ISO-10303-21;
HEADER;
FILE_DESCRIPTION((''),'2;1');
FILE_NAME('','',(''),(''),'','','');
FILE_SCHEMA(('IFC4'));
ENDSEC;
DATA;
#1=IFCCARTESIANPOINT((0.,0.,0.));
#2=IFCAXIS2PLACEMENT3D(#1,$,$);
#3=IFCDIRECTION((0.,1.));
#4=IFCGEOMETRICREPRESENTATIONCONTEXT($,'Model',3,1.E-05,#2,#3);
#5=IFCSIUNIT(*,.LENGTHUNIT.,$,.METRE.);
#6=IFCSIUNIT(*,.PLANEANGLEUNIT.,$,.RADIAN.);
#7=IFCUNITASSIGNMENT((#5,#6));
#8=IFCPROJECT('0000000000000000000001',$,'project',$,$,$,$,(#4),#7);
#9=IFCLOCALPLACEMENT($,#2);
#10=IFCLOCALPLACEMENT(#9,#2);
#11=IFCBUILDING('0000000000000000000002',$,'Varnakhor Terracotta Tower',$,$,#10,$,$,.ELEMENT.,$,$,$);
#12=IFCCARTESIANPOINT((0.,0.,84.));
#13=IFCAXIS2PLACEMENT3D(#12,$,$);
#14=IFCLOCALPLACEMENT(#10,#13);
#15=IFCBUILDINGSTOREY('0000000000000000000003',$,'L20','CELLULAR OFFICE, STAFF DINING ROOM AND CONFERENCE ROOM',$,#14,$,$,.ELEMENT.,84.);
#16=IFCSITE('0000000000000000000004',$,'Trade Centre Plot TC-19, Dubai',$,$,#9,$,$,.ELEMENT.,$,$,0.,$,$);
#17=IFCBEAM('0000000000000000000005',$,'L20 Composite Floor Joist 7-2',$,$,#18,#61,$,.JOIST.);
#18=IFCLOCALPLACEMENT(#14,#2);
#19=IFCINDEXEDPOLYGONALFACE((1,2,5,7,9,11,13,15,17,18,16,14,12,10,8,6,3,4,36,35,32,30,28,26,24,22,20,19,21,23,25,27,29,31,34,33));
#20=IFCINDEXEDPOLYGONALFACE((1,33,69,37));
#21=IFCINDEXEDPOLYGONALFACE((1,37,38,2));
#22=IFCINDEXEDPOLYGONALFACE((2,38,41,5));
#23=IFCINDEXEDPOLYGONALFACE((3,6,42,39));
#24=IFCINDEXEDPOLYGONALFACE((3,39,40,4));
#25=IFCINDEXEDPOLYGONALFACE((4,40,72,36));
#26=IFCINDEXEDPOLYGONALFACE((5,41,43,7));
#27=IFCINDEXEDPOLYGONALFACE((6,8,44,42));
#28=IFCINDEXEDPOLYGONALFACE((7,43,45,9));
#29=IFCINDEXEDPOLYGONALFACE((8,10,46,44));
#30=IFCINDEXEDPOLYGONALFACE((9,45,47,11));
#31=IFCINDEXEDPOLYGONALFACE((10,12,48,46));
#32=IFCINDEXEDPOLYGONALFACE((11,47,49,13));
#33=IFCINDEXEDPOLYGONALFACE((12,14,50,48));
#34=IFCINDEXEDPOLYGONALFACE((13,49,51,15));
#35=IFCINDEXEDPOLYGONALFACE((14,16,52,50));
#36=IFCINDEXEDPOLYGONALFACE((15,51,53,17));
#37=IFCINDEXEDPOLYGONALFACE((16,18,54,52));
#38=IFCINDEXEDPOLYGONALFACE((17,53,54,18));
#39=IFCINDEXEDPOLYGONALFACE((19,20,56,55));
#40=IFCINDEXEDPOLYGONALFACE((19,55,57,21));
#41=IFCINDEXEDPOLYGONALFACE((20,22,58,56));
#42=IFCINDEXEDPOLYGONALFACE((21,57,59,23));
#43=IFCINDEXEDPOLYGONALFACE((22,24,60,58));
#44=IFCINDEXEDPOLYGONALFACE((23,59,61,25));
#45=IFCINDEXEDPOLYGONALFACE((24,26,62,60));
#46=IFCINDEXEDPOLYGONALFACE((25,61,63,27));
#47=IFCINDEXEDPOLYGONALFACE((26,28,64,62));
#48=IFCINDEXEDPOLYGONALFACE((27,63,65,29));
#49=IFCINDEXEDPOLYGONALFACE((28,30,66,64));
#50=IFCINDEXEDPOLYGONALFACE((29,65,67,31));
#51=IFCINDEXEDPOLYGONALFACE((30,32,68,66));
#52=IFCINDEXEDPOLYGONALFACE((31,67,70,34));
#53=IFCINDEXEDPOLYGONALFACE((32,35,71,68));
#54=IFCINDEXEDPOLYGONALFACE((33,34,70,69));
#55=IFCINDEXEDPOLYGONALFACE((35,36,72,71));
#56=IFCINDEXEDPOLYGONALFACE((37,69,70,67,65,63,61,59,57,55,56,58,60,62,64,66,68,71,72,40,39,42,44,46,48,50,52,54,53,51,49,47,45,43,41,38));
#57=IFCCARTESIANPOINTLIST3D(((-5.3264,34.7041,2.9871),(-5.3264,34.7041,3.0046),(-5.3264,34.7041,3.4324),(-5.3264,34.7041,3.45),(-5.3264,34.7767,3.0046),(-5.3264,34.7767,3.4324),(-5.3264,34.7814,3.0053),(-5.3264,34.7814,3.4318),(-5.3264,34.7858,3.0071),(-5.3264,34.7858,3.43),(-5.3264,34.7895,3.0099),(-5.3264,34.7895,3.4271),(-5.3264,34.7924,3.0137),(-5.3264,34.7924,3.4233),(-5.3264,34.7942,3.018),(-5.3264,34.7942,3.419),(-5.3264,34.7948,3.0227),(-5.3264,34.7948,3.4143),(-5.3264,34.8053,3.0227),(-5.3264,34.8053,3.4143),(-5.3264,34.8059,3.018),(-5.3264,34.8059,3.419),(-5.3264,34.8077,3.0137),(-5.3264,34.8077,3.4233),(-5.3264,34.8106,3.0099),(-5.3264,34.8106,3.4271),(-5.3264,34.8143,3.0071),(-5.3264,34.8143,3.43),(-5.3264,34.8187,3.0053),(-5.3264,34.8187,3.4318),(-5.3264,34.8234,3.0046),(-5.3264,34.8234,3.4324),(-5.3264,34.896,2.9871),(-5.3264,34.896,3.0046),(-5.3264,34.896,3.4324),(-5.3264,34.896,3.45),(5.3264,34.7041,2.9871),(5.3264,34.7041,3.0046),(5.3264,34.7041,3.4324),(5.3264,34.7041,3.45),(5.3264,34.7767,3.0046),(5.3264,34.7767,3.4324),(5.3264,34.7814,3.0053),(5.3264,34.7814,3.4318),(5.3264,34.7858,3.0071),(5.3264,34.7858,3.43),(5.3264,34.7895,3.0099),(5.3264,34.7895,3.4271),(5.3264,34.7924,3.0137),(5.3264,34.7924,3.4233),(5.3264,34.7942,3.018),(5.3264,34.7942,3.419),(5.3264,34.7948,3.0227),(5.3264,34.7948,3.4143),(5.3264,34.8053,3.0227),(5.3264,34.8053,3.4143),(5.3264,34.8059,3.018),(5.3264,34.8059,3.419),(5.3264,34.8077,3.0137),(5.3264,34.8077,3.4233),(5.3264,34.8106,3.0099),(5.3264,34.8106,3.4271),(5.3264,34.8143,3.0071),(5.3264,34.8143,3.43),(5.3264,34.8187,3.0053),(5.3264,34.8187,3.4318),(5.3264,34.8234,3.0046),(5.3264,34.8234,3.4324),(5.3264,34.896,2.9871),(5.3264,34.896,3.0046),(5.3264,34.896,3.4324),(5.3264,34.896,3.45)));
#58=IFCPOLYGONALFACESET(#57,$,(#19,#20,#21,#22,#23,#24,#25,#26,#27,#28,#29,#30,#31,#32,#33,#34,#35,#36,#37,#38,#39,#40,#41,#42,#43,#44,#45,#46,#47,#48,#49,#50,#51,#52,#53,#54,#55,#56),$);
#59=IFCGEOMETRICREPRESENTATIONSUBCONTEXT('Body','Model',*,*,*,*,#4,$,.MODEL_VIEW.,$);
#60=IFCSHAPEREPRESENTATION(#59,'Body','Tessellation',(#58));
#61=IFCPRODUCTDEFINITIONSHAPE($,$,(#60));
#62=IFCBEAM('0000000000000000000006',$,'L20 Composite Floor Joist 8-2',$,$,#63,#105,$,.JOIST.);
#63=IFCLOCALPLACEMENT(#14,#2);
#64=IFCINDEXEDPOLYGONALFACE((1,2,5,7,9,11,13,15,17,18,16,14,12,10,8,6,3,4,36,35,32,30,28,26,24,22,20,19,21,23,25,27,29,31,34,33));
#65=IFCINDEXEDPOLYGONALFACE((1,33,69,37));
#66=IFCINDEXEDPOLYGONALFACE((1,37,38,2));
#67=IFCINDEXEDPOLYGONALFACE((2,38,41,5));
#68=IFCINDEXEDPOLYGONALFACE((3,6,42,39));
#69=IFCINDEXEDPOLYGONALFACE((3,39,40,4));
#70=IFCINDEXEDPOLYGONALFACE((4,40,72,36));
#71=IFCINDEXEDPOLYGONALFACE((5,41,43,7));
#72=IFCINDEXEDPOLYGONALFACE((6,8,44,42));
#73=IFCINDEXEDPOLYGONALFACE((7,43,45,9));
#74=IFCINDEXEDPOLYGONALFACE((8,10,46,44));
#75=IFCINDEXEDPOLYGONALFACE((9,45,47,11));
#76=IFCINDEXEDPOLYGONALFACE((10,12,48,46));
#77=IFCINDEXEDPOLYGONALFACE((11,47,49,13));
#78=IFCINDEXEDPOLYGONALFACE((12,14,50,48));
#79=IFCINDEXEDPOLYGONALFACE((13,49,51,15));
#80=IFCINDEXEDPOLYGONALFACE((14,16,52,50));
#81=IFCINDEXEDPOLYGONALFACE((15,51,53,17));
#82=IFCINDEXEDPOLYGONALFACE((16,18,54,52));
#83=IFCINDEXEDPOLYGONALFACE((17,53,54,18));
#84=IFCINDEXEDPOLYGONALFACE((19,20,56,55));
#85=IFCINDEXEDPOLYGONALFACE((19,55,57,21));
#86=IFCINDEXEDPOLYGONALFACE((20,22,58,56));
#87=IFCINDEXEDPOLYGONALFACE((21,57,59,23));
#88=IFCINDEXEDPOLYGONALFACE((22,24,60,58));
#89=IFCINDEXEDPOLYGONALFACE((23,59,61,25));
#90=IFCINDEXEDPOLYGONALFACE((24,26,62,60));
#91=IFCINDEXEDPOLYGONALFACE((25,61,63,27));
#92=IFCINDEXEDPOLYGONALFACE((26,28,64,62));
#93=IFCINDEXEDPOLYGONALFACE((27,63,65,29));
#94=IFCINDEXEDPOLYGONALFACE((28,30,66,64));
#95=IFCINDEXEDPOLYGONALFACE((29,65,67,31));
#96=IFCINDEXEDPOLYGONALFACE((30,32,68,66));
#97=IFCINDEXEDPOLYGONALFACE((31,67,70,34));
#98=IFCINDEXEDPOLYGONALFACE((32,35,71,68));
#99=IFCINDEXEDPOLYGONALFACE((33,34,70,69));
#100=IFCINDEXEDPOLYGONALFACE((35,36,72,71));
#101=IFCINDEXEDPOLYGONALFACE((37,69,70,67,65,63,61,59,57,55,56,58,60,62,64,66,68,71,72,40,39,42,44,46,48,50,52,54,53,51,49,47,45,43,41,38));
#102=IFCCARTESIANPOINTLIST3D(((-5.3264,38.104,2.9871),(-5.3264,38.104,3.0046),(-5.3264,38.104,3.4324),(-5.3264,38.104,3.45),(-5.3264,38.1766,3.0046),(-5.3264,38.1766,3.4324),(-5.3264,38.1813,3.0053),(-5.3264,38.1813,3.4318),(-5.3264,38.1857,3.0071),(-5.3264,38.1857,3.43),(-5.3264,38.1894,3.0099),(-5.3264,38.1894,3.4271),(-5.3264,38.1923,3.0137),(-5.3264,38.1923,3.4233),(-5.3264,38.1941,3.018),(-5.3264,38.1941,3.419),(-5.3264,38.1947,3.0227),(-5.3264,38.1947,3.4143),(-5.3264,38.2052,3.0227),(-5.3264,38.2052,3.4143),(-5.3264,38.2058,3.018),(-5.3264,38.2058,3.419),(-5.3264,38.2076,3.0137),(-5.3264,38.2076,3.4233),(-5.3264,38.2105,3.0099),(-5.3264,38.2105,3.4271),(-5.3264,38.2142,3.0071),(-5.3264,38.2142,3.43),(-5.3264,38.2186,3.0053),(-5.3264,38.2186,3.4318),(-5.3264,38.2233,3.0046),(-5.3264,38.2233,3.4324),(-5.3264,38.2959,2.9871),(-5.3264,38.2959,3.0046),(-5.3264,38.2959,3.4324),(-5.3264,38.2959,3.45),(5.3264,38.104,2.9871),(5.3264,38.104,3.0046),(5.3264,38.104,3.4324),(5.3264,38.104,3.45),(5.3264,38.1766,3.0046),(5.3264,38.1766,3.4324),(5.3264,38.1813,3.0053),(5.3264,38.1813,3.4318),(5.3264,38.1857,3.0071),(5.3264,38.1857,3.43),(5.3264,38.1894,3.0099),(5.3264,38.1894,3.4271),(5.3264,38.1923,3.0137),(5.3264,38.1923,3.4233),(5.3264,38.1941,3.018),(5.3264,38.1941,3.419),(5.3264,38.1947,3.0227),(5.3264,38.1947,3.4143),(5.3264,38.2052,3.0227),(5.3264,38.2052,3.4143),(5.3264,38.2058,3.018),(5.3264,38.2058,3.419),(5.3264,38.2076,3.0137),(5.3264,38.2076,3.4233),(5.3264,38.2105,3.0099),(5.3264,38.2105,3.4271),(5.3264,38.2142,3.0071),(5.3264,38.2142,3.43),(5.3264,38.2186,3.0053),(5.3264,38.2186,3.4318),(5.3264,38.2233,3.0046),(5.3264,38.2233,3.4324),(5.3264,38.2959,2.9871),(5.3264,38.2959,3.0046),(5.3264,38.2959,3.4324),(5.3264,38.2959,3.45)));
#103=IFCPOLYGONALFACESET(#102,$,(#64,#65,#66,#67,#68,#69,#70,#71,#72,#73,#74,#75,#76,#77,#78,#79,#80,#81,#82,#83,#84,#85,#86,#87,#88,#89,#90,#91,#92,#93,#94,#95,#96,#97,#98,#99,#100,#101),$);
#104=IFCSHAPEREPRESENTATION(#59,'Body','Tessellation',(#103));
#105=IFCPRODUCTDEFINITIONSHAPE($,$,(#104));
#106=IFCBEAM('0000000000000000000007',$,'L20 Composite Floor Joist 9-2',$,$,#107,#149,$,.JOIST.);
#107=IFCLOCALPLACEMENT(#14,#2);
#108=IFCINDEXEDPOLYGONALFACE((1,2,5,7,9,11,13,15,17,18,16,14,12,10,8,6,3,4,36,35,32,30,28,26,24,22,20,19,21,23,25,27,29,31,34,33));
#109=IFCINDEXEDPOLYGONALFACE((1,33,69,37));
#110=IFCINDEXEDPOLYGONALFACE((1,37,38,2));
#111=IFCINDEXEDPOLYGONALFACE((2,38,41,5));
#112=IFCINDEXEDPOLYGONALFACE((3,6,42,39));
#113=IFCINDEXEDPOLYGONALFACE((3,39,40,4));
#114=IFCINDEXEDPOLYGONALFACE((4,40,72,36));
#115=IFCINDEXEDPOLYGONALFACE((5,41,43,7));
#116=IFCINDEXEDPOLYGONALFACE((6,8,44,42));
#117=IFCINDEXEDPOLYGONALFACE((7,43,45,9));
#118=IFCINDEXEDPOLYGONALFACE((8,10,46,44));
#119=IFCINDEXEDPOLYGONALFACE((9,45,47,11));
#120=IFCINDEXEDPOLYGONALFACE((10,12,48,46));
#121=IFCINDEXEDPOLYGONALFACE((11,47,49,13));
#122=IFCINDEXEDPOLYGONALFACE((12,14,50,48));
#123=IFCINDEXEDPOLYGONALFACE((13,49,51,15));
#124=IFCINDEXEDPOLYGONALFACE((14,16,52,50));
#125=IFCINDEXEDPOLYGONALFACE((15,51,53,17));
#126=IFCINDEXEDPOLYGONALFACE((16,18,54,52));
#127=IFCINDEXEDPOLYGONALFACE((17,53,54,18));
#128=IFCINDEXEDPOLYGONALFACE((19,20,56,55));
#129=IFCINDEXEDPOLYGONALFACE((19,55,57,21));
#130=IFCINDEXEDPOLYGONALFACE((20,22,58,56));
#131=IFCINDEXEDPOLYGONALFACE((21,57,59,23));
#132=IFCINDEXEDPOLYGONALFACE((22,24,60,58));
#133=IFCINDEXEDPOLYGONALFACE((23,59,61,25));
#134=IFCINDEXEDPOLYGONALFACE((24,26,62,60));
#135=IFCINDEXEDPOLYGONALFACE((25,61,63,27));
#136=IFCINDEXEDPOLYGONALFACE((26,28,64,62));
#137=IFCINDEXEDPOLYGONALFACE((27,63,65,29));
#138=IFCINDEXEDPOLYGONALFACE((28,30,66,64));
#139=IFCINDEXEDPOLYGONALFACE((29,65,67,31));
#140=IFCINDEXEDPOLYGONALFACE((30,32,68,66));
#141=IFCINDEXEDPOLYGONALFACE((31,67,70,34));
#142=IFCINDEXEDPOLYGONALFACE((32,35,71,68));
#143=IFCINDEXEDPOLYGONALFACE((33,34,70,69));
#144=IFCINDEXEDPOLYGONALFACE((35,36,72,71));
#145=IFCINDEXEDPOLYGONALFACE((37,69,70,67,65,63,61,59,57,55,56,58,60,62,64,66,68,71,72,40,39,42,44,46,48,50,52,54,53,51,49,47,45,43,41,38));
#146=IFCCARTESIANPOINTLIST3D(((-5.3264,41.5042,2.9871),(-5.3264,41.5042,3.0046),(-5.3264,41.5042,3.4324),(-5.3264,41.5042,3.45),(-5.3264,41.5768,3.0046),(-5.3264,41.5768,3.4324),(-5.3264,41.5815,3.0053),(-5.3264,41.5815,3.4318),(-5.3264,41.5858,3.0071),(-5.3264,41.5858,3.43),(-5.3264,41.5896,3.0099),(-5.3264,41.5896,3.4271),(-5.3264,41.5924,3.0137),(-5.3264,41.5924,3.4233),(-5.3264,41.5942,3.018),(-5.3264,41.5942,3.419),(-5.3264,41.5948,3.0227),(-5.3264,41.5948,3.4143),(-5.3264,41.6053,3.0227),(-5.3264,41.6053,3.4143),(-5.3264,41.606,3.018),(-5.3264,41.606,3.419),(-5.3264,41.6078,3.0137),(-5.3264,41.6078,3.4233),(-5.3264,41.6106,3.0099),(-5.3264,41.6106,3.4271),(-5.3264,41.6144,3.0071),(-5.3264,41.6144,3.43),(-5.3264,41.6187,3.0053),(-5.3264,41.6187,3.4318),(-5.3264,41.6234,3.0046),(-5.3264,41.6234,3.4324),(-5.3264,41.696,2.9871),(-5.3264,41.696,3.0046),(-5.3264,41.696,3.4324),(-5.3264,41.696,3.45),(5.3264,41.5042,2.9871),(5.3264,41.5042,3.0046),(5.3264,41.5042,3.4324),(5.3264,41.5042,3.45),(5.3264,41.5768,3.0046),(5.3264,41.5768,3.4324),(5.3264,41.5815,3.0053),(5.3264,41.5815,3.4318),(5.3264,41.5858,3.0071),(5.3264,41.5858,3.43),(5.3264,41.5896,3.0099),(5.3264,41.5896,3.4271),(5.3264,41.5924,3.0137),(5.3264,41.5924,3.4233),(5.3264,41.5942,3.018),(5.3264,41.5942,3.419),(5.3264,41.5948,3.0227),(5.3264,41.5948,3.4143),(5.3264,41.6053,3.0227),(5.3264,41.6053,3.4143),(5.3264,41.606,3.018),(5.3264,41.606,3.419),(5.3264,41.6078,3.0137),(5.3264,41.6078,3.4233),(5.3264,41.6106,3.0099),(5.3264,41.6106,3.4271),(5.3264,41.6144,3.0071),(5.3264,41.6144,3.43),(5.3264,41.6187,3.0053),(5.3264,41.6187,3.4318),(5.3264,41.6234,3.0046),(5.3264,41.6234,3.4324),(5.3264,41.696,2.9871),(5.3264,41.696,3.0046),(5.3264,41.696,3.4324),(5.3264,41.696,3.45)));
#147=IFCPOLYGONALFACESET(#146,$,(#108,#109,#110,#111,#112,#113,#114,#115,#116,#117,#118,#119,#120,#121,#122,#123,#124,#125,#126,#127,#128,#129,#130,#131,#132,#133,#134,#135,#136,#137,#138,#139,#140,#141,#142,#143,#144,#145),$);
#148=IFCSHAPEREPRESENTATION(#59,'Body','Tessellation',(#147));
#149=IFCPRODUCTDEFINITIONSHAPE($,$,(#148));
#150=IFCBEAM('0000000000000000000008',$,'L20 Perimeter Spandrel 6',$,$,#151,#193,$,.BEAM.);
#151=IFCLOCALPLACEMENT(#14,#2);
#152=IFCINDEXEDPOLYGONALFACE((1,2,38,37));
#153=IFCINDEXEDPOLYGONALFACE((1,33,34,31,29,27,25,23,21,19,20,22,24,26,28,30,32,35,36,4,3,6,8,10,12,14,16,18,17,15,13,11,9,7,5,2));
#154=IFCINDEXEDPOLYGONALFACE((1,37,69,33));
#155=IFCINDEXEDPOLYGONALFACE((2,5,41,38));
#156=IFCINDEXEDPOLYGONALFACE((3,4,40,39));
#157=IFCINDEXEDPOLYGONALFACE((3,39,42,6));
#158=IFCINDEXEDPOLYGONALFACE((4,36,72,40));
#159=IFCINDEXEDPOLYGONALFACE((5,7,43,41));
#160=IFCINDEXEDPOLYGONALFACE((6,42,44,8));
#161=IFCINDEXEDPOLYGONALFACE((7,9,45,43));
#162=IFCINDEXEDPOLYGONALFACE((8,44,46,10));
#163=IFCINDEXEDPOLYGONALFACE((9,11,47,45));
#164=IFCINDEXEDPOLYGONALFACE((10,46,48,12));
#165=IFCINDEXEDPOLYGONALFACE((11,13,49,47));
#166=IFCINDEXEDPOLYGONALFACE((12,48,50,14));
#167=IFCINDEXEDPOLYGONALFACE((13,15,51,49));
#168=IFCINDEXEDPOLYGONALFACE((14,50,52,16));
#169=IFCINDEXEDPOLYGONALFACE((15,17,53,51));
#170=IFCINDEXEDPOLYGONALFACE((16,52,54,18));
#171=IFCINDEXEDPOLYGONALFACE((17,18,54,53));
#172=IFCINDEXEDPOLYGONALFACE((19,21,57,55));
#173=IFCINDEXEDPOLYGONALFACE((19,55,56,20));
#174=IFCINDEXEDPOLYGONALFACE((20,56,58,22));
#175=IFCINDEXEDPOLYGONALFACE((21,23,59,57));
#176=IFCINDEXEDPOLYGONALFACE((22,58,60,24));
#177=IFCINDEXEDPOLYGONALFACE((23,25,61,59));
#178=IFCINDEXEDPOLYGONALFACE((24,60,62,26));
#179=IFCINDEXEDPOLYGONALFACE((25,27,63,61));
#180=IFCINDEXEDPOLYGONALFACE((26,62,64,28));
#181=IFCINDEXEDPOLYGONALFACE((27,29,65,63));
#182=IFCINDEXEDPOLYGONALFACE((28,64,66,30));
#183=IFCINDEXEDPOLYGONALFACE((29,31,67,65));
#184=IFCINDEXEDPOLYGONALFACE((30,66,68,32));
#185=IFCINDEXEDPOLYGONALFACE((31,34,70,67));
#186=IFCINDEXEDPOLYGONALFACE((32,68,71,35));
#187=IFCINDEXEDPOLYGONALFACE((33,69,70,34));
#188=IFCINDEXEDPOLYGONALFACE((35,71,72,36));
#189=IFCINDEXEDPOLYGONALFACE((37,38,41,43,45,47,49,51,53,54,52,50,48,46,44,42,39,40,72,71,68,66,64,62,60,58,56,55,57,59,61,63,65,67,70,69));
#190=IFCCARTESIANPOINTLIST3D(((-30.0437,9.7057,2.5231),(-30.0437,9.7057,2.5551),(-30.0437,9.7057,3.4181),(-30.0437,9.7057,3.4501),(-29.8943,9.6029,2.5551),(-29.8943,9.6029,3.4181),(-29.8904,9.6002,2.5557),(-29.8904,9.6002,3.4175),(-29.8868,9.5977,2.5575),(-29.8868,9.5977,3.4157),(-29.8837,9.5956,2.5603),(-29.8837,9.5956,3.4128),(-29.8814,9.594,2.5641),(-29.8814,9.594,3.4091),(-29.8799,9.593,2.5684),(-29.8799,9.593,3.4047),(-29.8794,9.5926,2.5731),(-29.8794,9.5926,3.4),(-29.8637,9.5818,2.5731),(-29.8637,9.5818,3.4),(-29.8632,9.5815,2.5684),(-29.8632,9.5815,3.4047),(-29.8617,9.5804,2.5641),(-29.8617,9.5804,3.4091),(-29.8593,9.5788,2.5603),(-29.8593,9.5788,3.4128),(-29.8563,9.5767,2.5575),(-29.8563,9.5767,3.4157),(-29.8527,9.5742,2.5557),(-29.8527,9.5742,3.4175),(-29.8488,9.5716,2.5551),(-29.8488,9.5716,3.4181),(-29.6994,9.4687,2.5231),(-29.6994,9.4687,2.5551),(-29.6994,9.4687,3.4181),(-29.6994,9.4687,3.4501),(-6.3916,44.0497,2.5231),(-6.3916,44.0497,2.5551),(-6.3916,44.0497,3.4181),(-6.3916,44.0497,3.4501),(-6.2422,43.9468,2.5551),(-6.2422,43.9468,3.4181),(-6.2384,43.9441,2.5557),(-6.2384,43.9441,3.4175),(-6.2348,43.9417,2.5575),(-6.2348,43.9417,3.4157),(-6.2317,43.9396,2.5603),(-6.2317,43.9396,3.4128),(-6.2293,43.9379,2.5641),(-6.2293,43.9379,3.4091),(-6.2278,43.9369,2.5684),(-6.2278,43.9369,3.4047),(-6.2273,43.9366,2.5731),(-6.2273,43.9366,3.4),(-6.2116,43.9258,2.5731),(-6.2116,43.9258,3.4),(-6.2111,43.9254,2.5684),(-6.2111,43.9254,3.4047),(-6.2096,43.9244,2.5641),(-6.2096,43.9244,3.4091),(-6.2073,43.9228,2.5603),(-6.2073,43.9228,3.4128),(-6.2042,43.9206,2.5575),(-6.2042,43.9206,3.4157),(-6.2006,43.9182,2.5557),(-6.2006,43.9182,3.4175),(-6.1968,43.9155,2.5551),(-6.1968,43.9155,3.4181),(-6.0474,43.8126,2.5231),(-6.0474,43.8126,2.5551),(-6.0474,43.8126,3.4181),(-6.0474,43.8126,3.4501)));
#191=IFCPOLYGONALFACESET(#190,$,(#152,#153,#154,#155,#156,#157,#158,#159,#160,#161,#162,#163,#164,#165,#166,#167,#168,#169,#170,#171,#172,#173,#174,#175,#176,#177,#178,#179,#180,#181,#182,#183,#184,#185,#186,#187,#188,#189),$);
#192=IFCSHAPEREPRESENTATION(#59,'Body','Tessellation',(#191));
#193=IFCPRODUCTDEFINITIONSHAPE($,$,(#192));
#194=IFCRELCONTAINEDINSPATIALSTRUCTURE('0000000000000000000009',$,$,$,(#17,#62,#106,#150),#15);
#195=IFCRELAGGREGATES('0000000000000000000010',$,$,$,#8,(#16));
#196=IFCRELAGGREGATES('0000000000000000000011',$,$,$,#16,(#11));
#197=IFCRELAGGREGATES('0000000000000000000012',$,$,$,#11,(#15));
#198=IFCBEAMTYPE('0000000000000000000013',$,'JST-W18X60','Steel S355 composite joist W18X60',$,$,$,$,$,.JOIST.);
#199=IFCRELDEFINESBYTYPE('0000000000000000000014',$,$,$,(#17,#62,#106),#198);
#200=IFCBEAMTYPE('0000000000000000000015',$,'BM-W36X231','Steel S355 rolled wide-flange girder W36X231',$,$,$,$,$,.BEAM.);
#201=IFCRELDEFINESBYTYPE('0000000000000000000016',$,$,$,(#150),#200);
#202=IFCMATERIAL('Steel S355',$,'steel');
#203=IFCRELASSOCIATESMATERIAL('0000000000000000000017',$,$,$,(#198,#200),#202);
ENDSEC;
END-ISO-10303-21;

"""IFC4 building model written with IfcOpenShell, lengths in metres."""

from ifc_helpers import new_model, si_unit, direction, frame, origin, origin_2d, place, context, subcontext, project, spatial, i_section, extrude, source, transform, mapped, material, material_profile, profile_set, type_object, element, save


model = new_model("IFC4")

# Units and contexts
model_context = context("Model", 3, precision=1e-05, world=origin(), true_north=direction((0.0, 1.0)))
body_context = subcontext(model_context, "Body", "Model", "MODEL_VIEW")
ifc_project = project(units=[si_unit("LENGTHUNIT", "METRE"), si_unit("PLANEANGLEUNIT", "RADIAN")], contexts=[model_context])

# Site, building, storey
site_placement = place(None, origin())
site = spatial("IfcSite", under=ifc_project, at=site_placement, Name="Trade Centre Plot TC-19, Dubai", CompositionType="ELEMENT", RefElevation=0.0)
building_placement = place(site_placement, origin())
building = spatial("IfcBuilding", under=site, at=building_placement, Name="Varnakhor Terracotta Tower", CompositionType="ELEMENT")
storey_placement = place(building_placement, frame((0.0, 0.0, 84.0)))
storey = spatial("IfcBuildingStorey", under=building, at=storey_placement, Name="L20", Description="CELLULAR OFFICE, STAFF DINING ROOM AND CONFERENCE ROOM", CompositionType="ELEMENT", Elevation=84.0)

# Beams
ifc_material_1 = material(Name="Steel S355", Category="steel")
ifc_material_profile_1 = material_profile(ifc_material_1, i_section(OverallWidth=0.1919, OverallDepth=0.4629, WebThickness=0.0105, FlangeThickness=0.0176, FilletRadius=0.0181, at=origin_2d()), Name="W18X60")
ifc_profile_set_1 = profile_set([ifc_material_profile_1], Name="Steel S355")
beam_type_1 = type_object("IfcBeamType", Name="JST-W18X60", Description="Steel S355 composite joist W18X60", PredefinedType="JOIST", material=ifc_profile_set_1)
shared_shape_1 = source(origin(), body_context, "Body", "SweptSolid", [
    extrude(i_section(OverallWidth=0.1919, OverallDepth=0.4629, WebThickness=0.0105, FlangeThickness=0.0176, FilletRadius=0.0181, at=origin_2d()), origin(), (0.0, 0.0, 1.0), 10.6528),
])
for number, where, z_axis, x_axis, name in (
    (1, (-5.3264, 34.8, 3.2185), (1.0, 0.0, 0.0), (0.0, 1.0, 0.0), "L20 Composite Floor Joist 7-2"),
    (2, (-5.3264, 38.2, 3.2185), (1.0, 0.0, 0.0), (0.0, 1.0, 0.0), "L20 Composite Floor Joist 8-2"),
    (3, (-5.3264, 41.6001, 3.2185), (1.0, 0.0, 0.0), (0.0, 1.0, 0.0), "L20 Composite Floor Joist 9-2"),
):
    element("IfcBeam", number, at=place(storey_placement, frame(where, z_axis=z_axis, x_axis=x_axis)), inside=storey, type_object=beam_type_1, Name=name, PredefinedType="JOIST", context=body_context, shape_type="MappedRepresentation", body=[
        mapped(shared_shape_1, transform((0.0, 0.0, 0.0), scale=1.0)),
    ])
ifc_material_profile_2 = material_profile(ifc_material_1, i_section(OverallWidth=0.418, OverallDepth=0.927, WebThickness=0.019, FlangeThickness=0.032, FilletRadius=0.0181, at=origin_2d()), Name="W36X231")
ifc_profile_set_2 = profile_set([ifc_material_profile_2], Name="Steel S355")
beam_type_2 = type_object("IfcBeamType", Name="BM-W36X231", Description="Steel S355 rolled wide-flange girder W36X231", PredefinedType="BEAM", material=ifc_profile_set_2)
shared_shape_2 = source(origin(), body_context, "Body", "SweptSolid", [
    extrude(i_section(OverallWidth=0.418, OverallDepth=0.927, WebThickness=0.019, FlangeThickness=0.032, FilletRadius=0.0181, at=origin_2d()), origin(), (0.0, 0.0, 1.0), 41.7004),
])
beam_1_placement = place(storey_placement, frame((-6.2195, 43.9312, 2.9866), z_axis=(-0.56719, -0.823587, 0.0), x_axis=(0.823587, -0.56719, 0.0)))
element("IfcBeam", 4, at=beam_1_placement, inside=storey, type_object=beam_type_2, Name="L20 Perimeter Spandrel 6", PredefinedType="BEAM", context=body_context, shape_type="MappedRepresentation", body=[
    mapped(shared_shape_2, transform((0.0, 0.0, 0.0), scale=1.0)),
])

save(model, "model.ifc")
